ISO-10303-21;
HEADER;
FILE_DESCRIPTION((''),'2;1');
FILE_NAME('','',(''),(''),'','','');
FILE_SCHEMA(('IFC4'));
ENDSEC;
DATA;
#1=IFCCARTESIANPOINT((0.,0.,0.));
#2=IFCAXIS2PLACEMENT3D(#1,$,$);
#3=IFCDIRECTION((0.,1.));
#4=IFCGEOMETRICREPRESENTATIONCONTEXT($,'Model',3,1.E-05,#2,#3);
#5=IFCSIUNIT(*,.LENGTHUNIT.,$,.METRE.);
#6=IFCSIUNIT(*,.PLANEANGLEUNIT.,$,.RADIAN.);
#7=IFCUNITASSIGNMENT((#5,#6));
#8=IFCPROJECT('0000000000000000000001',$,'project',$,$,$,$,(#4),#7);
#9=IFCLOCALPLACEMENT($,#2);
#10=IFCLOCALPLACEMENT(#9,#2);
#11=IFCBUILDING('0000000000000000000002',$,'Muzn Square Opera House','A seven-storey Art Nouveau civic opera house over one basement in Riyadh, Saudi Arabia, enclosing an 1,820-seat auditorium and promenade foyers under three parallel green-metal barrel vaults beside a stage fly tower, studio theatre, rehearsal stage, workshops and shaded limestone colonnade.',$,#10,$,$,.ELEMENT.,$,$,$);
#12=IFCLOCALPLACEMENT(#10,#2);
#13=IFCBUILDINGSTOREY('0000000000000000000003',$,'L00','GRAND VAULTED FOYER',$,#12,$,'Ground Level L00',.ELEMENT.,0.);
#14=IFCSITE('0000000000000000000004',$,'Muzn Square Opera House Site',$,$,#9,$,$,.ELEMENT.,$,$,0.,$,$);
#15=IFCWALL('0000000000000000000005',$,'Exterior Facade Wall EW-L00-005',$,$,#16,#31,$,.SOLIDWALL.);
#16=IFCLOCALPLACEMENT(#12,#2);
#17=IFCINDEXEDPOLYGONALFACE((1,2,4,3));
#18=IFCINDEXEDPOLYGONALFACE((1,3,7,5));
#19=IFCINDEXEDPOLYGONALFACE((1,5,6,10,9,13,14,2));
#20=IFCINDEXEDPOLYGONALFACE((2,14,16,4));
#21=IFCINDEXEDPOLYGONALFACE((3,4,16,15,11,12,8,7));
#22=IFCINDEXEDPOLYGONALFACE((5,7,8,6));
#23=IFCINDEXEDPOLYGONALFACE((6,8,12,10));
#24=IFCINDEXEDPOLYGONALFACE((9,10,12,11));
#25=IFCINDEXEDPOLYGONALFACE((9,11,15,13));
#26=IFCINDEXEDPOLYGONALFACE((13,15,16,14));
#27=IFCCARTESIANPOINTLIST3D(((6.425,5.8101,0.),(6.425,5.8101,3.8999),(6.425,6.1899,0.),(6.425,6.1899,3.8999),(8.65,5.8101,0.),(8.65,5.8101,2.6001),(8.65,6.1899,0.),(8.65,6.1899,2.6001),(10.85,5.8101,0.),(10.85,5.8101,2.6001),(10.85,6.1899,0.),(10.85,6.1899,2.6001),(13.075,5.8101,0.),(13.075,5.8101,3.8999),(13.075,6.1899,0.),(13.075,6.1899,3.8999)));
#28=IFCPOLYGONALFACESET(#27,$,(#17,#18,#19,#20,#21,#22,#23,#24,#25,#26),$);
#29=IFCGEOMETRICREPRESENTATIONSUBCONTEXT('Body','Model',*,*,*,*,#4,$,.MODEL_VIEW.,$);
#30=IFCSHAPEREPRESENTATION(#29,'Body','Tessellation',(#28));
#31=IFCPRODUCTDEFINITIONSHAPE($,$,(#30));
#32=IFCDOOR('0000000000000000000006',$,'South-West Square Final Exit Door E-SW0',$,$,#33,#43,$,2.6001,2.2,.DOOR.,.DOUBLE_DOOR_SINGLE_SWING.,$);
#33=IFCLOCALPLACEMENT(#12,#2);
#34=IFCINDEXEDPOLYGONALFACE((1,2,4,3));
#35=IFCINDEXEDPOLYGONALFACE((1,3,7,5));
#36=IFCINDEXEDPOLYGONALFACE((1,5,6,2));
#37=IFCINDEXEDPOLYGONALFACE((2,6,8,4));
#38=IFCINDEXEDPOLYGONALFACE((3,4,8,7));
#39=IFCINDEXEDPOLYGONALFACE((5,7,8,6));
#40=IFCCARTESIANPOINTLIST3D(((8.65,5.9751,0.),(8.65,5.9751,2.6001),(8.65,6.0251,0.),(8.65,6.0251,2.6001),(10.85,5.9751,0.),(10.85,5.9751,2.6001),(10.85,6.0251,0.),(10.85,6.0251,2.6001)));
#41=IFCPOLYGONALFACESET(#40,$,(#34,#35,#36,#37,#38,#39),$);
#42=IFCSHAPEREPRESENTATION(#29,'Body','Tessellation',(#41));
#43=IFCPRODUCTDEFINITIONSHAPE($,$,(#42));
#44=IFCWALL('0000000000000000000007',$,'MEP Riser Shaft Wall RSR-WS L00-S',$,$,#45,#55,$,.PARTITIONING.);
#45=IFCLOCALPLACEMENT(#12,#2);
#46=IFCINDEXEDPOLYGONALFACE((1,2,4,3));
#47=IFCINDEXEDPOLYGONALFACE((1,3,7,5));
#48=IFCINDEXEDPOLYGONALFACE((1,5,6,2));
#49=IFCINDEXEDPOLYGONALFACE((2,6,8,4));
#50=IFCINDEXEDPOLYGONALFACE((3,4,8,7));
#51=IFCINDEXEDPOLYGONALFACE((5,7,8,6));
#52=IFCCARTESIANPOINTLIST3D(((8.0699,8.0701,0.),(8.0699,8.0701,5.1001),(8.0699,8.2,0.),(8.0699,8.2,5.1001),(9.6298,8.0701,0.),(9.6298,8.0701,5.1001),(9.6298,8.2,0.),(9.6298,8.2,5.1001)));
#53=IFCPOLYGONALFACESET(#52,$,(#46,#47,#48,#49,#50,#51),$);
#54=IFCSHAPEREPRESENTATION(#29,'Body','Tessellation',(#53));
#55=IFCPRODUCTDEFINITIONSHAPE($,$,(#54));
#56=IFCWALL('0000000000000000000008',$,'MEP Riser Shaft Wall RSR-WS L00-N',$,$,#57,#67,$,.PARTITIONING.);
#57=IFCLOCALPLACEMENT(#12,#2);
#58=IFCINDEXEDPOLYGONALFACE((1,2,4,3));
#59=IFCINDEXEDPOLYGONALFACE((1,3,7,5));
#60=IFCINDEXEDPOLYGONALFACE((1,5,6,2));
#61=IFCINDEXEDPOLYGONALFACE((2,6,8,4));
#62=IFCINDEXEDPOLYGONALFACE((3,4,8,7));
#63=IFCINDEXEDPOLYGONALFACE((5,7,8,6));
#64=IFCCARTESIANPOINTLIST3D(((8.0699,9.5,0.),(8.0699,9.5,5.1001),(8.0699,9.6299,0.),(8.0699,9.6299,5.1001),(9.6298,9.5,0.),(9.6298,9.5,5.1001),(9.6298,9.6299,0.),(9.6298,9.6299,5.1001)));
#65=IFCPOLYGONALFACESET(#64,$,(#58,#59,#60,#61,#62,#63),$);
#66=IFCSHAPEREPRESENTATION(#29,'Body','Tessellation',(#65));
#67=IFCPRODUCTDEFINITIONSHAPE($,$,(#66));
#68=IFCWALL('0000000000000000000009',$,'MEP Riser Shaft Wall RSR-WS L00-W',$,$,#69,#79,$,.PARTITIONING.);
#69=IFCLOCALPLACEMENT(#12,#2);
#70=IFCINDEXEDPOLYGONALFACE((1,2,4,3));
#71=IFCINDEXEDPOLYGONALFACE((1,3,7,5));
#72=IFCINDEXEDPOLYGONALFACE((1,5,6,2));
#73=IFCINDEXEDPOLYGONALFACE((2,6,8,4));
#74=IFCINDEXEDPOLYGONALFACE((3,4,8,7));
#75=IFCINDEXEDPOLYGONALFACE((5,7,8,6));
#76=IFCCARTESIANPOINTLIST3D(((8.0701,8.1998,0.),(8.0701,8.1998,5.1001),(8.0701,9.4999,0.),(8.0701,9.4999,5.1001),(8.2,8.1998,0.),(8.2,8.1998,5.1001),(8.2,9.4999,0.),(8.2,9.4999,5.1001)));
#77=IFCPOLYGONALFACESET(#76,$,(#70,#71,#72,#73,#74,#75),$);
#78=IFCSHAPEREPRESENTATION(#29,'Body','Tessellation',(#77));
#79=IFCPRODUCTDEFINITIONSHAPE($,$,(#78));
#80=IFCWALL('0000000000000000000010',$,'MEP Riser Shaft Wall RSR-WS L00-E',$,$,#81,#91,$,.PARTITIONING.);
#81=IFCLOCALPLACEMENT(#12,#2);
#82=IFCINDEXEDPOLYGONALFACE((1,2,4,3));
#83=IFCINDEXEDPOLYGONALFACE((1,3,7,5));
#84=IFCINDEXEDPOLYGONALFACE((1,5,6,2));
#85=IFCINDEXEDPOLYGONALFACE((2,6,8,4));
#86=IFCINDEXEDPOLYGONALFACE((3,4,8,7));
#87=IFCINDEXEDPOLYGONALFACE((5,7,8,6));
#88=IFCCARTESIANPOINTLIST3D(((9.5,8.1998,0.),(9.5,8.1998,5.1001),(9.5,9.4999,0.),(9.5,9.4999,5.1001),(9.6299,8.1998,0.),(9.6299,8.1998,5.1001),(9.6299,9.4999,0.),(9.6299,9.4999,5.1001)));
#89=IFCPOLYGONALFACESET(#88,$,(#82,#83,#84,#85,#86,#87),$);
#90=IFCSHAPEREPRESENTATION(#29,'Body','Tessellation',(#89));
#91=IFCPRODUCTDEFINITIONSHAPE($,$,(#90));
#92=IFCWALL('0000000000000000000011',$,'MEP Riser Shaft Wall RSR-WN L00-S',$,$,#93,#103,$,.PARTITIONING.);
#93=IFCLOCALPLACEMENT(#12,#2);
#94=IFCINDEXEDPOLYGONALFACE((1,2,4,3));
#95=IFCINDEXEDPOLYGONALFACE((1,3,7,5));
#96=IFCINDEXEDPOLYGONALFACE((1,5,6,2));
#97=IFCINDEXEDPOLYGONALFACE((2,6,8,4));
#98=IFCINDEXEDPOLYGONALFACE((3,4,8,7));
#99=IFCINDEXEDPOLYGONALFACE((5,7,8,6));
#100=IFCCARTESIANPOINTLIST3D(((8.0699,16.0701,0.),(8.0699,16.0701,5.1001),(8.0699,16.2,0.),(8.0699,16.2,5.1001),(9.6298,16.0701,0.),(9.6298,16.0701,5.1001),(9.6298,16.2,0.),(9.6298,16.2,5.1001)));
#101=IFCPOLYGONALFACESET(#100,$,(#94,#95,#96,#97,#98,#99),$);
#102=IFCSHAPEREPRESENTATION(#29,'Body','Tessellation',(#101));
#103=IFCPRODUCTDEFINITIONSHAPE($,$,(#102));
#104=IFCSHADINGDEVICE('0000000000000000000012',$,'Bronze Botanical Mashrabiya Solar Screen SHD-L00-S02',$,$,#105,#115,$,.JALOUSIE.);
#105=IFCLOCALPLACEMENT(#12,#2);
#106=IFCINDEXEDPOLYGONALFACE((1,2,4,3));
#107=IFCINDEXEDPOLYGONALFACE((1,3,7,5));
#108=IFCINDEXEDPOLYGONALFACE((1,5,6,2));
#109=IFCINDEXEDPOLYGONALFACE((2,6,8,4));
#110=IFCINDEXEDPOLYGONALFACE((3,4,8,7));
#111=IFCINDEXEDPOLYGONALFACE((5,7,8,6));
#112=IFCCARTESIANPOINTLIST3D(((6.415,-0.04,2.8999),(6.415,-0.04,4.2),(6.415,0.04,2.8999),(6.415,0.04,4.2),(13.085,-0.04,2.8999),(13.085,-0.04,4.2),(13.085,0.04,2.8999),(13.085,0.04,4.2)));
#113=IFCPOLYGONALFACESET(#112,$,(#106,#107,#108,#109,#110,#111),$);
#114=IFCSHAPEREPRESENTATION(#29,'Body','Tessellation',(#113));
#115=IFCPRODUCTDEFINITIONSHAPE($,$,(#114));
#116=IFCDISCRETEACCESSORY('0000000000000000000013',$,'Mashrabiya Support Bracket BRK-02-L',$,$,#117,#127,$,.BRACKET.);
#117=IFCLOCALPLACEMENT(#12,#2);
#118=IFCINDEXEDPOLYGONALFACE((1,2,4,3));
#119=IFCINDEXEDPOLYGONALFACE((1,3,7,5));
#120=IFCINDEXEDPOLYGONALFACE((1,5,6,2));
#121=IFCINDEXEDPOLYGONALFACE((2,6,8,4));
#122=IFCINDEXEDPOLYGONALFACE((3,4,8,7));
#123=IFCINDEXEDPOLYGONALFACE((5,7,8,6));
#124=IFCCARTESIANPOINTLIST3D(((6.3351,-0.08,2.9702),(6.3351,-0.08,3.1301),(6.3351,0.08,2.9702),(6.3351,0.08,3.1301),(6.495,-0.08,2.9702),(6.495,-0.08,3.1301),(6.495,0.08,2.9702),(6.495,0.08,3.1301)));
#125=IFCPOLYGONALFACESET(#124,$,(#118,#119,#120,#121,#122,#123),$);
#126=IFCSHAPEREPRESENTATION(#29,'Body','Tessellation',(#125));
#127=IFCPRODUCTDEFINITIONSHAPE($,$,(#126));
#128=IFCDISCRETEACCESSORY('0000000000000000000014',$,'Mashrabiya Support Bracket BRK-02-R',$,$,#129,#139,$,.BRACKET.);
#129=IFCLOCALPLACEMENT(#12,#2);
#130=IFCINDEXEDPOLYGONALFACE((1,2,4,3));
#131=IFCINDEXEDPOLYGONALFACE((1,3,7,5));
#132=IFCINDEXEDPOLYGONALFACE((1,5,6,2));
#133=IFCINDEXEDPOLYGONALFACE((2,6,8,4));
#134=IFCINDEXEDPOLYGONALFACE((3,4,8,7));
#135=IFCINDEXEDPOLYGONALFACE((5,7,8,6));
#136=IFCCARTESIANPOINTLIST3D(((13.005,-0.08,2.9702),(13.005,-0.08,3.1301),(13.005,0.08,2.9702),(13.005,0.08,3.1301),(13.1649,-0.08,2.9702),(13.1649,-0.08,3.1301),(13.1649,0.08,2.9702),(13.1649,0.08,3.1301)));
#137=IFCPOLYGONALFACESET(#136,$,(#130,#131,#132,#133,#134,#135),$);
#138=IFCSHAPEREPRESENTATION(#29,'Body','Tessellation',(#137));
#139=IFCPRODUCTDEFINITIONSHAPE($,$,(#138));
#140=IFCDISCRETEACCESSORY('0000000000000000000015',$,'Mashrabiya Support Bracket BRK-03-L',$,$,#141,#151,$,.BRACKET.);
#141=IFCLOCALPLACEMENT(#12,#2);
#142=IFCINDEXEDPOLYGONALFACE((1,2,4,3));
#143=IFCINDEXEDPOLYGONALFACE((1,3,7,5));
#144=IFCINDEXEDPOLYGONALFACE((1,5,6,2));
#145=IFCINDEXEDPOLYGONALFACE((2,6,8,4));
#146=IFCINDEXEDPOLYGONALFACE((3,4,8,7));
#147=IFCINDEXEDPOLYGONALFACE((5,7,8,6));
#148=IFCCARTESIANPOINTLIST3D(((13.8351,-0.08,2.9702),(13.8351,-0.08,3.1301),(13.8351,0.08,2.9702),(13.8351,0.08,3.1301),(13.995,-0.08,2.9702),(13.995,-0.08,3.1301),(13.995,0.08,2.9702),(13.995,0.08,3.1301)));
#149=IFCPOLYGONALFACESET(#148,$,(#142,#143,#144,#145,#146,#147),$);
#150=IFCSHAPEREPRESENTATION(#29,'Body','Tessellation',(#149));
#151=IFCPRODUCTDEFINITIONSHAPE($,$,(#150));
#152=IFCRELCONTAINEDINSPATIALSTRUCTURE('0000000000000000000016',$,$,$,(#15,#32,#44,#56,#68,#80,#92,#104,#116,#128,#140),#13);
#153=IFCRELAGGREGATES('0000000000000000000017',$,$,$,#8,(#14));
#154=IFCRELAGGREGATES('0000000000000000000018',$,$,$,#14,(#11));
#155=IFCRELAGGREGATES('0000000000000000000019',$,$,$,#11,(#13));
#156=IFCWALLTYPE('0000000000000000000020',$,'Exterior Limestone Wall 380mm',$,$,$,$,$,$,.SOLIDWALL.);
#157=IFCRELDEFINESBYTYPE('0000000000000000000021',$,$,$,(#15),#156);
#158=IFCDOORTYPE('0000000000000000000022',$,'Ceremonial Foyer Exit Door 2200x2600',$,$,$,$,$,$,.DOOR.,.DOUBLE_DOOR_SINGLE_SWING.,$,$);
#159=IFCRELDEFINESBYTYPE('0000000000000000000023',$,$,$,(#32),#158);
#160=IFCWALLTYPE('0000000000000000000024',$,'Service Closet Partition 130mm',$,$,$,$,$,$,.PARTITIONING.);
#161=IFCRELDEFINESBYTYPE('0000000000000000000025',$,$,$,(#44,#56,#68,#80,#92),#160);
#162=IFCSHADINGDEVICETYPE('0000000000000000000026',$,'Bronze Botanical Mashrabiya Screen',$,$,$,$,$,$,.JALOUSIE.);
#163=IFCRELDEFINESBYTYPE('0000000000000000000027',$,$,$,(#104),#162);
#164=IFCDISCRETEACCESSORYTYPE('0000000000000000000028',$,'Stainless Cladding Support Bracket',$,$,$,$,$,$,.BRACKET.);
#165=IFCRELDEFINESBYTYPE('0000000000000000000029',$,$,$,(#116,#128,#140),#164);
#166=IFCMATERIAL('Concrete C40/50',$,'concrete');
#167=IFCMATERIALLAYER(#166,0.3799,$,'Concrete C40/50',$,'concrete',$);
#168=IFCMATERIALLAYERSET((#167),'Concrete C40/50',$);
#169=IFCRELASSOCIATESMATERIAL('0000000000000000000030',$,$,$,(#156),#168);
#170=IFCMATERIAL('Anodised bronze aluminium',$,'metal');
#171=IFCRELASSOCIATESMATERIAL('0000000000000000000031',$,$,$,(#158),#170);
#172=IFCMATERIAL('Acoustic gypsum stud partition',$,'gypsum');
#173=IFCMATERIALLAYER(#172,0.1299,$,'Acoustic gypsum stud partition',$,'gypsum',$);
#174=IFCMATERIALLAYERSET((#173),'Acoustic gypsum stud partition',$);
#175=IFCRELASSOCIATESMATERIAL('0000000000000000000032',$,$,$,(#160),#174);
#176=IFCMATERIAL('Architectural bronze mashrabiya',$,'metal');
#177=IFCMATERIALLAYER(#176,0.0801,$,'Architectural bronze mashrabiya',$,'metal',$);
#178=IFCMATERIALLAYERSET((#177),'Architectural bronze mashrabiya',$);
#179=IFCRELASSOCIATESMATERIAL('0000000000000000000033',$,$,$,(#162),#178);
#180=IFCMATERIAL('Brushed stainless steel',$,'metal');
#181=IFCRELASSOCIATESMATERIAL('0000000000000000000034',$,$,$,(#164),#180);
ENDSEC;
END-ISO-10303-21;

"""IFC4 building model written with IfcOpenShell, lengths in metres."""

from ifc_helpers import new_model, si_unit, direction, frame, frame_2d, origin, origin_2d, place, context, subcontext, project, spatial, rectangle, extrude, material, layer, layer_set, type_object, element, fill, save


model = new_model("IFC4")

# Units and contexts
model_context = context("Model", 3, precision=1e-05, world=origin(), true_north=direction((0.0, 1.0)))
body_context = subcontext(model_context, "Body", "Model", "MODEL_VIEW")
ifc_project = project(units=[si_unit("LENGTHUNIT", "METRE"), si_unit("PLANEANGLEUNIT", "RADIAN")], contexts=[model_context])

# Site, building, storey
site_placement = place(None, origin())
site = spatial("IfcSite", under=ifc_project, at=site_placement, Name="Muzn Square Opera House Site", CompositionType="ELEMENT", RefElevation=0.0)
building_placement = place(site_placement, origin())
building = spatial("IfcBuilding", under=site, at=building_placement, Name="Muzn Square Opera House", Description="A seven-storey Art Nouveau civic opera house over one basement in Riyadh, Saudi Arabia, enclosing an 1,820-seat auditorium and promenade foyers under three parallel green-metal barrel vaults beside a stage fly tower, studio theatre, rehearsal stage, workshops and shaded limestone colonnade.", CompositionType="ELEMENT")
storey_placement = place(building_placement, origin())
storey = spatial("IfcBuildingStorey", under=building, at=storey_placement, Name="L00", Description="GRAND VAULTED FOYER", LongName="Ground Level L00", CompositionType="ELEMENT", Elevation=0.0)

# Shared definitions
ifc_material_1 = material(Name="Concrete C40/50", Category="concrete")

# Wall, opening, door
ifc_layer_1 = layer(ifc_material_1, 0.3799, Name="Concrete C40/50", Category="concrete")
ifc_layer_set_1 = layer_set([ifc_layer_1], Name="Concrete C40/50")
wall_type_1 = type_object("IfcWallType", Name="Exterior Limestone Wall 380mm", PredefinedType="SOLIDWALL", material=ifc_layer_set_1)
wall_1_placement = place(storey_placement, frame((6.425, 6.0, 0.0), z_axis=(0.0, 0.0, 1.0), x_axis=(1.0, 0.0, 0.0)))
wall_1 = element("IfcWall", 1, at=wall_1_placement, inside=storey, type_object=wall_type_1, Name="Exterior Facade Wall EW-L00-005", PredefinedType="SOLIDWALL", context=body_context, shape_type="SweptSolid", body=[
    extrude(rectangle(XDim=6.6499, YDim=0.3799, at=frame_2d((3.325, 0.0))), origin(), (0.0, 0.0, 1.0), 3.8999),
])
opening_placement = place(wall_1_placement, frame((4.425, 0.0, 0.0), z_axis=(0.0, 0.0, 1.0), x_axis=(-1.0, 0.0, 0.0)))
opening = element("IfcOpeningElement", 2, at=opening_placement, cuts=wall_1, PredefinedType="OPENING", context=body_context, shape_type="SweptSolid", body=[
    extrude(rectangle(XDim=2.2, YDim=2.6001, at=frame_2d((1.1001, 1.3))), frame((0.0, 0.2, 0.0), z_axis=(0.0, -1.0, 0.0), x_axis=(1.0, 0.0, 0.0)), (0.0, 0.0, 1.0), 0.3999),
])
ifc_material_2 = material(Name="Anodised bronze aluminium", Category="metal")
door_type = type_object("IfcDoorType", Name="Ceremonial Foyer Exit Door 2200x2600", OperationType="DOUBLE_DOOR_SINGLE_SWING", PredefinedType="DOOR", material=ifc_material_2)
door_placement = place(opening_placement, origin())
door = element("IfcDoor", 3, at=door_placement, inside=storey, type_object=door_type, Name="South-West Square Final Exit Door E-SW0", OperationType="DOUBLE_DOOR_SINGLE_SWING", OverallHeight=2.6001, OverallWidth=2.2, PredefinedType="DOOR", context=body_context, shape_type="SweptSolid", body=[
    extrude(rectangle(XDim=2.2, YDim=2.6001, at=frame_2d((1.1001, 1.3))), frame((0.0, 0.0249, 0.0), z_axis=(0.0, -1.0, 0.0), x_axis=(1.0, 0.0, 0.0)), (0.0, 0.0, 1.0), 0.05),
])
fill(opening, door)

# Walls
ifc_material_3 = material(Name="Acoustic gypsum stud partition", Category="gypsum")
ifc_layer_2 = layer(ifc_material_3, 0.1299, Name="Acoustic gypsum stud partition", Category="gypsum")
ifc_layer_set_2 = layer_set([ifc_layer_2], Name="Acoustic gypsum stud partition")
wall_type_2 = type_object("IfcWallType", Name="Service Closet Partition 130mm", PredefinedType="PARTITIONING", material=ifc_layer_set_2)
for number, where, z_axis, x_axis, name in (
    (4, (8.0701, 8.135, 0.0), (0.0, 0.0, 1.0), (1.0, 0.0, 0.0), "MEP Riser Shaft Wall RSR-WS L00-S"),
    (5, (8.0701, 9.5649, 0.0), (0.0, 0.0, 1.0), (1.0, 0.0, 0.0), "MEP Riser Shaft Wall RSR-WS L00-N"),
):
    element("IfcWall", number, at=place(storey_placement, frame(where, z_axis=z_axis, x_axis=x_axis)), inside=storey, type_object=wall_type_2, Name=name, PredefinedType="PARTITIONING", context=body_context, shape_type="SweptSolid", body=[
        extrude(rectangle(XDim=1.5598, YDim=0.1299, at=frame_2d((0.7798, 0.0))), origin(), (0.0, 0.0, 1.0), 5.1001),
    ])
for number, where, z_axis, x_axis, name in (
    (6, (8.135, 8.2, 0.0), (0.0, 0.0, 1.0), (0.0, 1.0, 0.0), "MEP Riser Shaft Wall RSR-WS L00-W"),
    (7, (9.5649, 8.2, 0.0), (0.0, 0.0, 1.0), (0.0, 1.0, 0.0), "MEP Riser Shaft Wall RSR-WS L00-E"),
):
    element("IfcWall", number, at=place(storey_placement, frame(where, z_axis=z_axis, x_axis=x_axis)), inside=storey, type_object=wall_type_2, Name=name, PredefinedType="PARTITIONING", context=body_context, shape_type="SweptSolid", body=[
        extrude(rectangle(XDim=1.3, YDim=0.1299, at=frame_2d((0.6499, 0.0))), origin(), (0.0, 0.0, 1.0), 5.1001),
    ])
wall_2_placement = place(storey_placement, frame((8.0701, 16.135, 0.0), z_axis=(0.0, 0.0, 1.0), x_axis=(1.0, 0.0, 0.0)))
element("IfcWall", 8, at=wall_2_placement, inside=storey, type_object=wall_type_2, Name="MEP Riser Shaft Wall RSR-WN L00-S", PredefinedType="PARTITIONING", context=body_context, shape_type="SweptSolid", body=[
    extrude(rectangle(XDim=1.5598, YDim=0.1299, at=frame_2d((0.7798, 0.0))), origin(), (0.0, 0.0, 1.0), 5.1001),
])

# Shading device
ifc_material_4 = material(Name="Architectural bronze mashrabiya", Category="metal")
ifc_layer_3 = layer(ifc_material_4, 0.0801, Name="Architectural bronze mashrabiya", Category="metal")
ifc_layer_set_3 = layer_set([ifc_layer_3], Name="Architectural bronze mashrabiya")
shading_device_type = type_object("IfcShadingDeviceType", Name="Bronze Botanical Mashrabiya Screen", PredefinedType="JALOUSIE", material=ifc_layer_set_3)
shading_device_placement = place(storey_placement, frame((9.75, 0.0, 2.8999), z_axis=(0.0, 0.0, 1.0), x_axis=(1.0, 0.0, 0.0)))
element("IfcShadingDevice", 9, at=shading_device_placement, inside=storey, type_object=shading_device_type, Name="Bronze Botanical Mashrabiya Solar Screen SHD-L00-S02", PredefinedType="JALOUSIE", context=body_context, shape_type="SweptSolid", body=[
    extrude(rectangle(XDim=6.6699, YDim=0.0801, at=origin_2d()), origin(), (0.0, 0.0, 1.0), 1.3),
])

# Discrete accessories
ifc_material_5 = material(Name="Brushed stainless steel", Category="metal")
discrete_accessory_type = type_object("IfcDiscreteAccessoryType", Name="Stainless Cladding Support Bracket", PredefinedType="BRACKET", material=ifc_material_5)
for number, where, z_axis, x_axis, name in (
    (10, (6.415, 0.0, 2.9702), (0.0, 0.0, 1.0), (1.0, 0.0, 0.0), "Mashrabiya Support Bracket BRK-02-L"),
    (11, (13.085, 0.0, 2.9702), (0.0, 0.0, 1.0), (1.0, 0.0, 0.0), "Mashrabiya Support Bracket BRK-02-R"),
    (12, (13.915, 0.0, 2.9702), (0.0, 0.0, 1.0), (1.0, 0.0, 0.0), "Mashrabiya Support Bracket BRK-03-L"),
):
    element("IfcDiscreteAccessory", number, at=place(storey_placement, frame(where, z_axis=z_axis, x_axis=x_axis)), inside=storey, type_object=discrete_accessory_type, Name=name, PredefinedType="BRACKET", context=body_context, shape_type="SweptSolid", body=[
        extrude(rectangle(XDim=0.1599, YDim=0.1599, at=origin_2d()), origin(), (0.0, 0.0, 1.0), 0.1599),
    ])

save(model, "model.ifc")
